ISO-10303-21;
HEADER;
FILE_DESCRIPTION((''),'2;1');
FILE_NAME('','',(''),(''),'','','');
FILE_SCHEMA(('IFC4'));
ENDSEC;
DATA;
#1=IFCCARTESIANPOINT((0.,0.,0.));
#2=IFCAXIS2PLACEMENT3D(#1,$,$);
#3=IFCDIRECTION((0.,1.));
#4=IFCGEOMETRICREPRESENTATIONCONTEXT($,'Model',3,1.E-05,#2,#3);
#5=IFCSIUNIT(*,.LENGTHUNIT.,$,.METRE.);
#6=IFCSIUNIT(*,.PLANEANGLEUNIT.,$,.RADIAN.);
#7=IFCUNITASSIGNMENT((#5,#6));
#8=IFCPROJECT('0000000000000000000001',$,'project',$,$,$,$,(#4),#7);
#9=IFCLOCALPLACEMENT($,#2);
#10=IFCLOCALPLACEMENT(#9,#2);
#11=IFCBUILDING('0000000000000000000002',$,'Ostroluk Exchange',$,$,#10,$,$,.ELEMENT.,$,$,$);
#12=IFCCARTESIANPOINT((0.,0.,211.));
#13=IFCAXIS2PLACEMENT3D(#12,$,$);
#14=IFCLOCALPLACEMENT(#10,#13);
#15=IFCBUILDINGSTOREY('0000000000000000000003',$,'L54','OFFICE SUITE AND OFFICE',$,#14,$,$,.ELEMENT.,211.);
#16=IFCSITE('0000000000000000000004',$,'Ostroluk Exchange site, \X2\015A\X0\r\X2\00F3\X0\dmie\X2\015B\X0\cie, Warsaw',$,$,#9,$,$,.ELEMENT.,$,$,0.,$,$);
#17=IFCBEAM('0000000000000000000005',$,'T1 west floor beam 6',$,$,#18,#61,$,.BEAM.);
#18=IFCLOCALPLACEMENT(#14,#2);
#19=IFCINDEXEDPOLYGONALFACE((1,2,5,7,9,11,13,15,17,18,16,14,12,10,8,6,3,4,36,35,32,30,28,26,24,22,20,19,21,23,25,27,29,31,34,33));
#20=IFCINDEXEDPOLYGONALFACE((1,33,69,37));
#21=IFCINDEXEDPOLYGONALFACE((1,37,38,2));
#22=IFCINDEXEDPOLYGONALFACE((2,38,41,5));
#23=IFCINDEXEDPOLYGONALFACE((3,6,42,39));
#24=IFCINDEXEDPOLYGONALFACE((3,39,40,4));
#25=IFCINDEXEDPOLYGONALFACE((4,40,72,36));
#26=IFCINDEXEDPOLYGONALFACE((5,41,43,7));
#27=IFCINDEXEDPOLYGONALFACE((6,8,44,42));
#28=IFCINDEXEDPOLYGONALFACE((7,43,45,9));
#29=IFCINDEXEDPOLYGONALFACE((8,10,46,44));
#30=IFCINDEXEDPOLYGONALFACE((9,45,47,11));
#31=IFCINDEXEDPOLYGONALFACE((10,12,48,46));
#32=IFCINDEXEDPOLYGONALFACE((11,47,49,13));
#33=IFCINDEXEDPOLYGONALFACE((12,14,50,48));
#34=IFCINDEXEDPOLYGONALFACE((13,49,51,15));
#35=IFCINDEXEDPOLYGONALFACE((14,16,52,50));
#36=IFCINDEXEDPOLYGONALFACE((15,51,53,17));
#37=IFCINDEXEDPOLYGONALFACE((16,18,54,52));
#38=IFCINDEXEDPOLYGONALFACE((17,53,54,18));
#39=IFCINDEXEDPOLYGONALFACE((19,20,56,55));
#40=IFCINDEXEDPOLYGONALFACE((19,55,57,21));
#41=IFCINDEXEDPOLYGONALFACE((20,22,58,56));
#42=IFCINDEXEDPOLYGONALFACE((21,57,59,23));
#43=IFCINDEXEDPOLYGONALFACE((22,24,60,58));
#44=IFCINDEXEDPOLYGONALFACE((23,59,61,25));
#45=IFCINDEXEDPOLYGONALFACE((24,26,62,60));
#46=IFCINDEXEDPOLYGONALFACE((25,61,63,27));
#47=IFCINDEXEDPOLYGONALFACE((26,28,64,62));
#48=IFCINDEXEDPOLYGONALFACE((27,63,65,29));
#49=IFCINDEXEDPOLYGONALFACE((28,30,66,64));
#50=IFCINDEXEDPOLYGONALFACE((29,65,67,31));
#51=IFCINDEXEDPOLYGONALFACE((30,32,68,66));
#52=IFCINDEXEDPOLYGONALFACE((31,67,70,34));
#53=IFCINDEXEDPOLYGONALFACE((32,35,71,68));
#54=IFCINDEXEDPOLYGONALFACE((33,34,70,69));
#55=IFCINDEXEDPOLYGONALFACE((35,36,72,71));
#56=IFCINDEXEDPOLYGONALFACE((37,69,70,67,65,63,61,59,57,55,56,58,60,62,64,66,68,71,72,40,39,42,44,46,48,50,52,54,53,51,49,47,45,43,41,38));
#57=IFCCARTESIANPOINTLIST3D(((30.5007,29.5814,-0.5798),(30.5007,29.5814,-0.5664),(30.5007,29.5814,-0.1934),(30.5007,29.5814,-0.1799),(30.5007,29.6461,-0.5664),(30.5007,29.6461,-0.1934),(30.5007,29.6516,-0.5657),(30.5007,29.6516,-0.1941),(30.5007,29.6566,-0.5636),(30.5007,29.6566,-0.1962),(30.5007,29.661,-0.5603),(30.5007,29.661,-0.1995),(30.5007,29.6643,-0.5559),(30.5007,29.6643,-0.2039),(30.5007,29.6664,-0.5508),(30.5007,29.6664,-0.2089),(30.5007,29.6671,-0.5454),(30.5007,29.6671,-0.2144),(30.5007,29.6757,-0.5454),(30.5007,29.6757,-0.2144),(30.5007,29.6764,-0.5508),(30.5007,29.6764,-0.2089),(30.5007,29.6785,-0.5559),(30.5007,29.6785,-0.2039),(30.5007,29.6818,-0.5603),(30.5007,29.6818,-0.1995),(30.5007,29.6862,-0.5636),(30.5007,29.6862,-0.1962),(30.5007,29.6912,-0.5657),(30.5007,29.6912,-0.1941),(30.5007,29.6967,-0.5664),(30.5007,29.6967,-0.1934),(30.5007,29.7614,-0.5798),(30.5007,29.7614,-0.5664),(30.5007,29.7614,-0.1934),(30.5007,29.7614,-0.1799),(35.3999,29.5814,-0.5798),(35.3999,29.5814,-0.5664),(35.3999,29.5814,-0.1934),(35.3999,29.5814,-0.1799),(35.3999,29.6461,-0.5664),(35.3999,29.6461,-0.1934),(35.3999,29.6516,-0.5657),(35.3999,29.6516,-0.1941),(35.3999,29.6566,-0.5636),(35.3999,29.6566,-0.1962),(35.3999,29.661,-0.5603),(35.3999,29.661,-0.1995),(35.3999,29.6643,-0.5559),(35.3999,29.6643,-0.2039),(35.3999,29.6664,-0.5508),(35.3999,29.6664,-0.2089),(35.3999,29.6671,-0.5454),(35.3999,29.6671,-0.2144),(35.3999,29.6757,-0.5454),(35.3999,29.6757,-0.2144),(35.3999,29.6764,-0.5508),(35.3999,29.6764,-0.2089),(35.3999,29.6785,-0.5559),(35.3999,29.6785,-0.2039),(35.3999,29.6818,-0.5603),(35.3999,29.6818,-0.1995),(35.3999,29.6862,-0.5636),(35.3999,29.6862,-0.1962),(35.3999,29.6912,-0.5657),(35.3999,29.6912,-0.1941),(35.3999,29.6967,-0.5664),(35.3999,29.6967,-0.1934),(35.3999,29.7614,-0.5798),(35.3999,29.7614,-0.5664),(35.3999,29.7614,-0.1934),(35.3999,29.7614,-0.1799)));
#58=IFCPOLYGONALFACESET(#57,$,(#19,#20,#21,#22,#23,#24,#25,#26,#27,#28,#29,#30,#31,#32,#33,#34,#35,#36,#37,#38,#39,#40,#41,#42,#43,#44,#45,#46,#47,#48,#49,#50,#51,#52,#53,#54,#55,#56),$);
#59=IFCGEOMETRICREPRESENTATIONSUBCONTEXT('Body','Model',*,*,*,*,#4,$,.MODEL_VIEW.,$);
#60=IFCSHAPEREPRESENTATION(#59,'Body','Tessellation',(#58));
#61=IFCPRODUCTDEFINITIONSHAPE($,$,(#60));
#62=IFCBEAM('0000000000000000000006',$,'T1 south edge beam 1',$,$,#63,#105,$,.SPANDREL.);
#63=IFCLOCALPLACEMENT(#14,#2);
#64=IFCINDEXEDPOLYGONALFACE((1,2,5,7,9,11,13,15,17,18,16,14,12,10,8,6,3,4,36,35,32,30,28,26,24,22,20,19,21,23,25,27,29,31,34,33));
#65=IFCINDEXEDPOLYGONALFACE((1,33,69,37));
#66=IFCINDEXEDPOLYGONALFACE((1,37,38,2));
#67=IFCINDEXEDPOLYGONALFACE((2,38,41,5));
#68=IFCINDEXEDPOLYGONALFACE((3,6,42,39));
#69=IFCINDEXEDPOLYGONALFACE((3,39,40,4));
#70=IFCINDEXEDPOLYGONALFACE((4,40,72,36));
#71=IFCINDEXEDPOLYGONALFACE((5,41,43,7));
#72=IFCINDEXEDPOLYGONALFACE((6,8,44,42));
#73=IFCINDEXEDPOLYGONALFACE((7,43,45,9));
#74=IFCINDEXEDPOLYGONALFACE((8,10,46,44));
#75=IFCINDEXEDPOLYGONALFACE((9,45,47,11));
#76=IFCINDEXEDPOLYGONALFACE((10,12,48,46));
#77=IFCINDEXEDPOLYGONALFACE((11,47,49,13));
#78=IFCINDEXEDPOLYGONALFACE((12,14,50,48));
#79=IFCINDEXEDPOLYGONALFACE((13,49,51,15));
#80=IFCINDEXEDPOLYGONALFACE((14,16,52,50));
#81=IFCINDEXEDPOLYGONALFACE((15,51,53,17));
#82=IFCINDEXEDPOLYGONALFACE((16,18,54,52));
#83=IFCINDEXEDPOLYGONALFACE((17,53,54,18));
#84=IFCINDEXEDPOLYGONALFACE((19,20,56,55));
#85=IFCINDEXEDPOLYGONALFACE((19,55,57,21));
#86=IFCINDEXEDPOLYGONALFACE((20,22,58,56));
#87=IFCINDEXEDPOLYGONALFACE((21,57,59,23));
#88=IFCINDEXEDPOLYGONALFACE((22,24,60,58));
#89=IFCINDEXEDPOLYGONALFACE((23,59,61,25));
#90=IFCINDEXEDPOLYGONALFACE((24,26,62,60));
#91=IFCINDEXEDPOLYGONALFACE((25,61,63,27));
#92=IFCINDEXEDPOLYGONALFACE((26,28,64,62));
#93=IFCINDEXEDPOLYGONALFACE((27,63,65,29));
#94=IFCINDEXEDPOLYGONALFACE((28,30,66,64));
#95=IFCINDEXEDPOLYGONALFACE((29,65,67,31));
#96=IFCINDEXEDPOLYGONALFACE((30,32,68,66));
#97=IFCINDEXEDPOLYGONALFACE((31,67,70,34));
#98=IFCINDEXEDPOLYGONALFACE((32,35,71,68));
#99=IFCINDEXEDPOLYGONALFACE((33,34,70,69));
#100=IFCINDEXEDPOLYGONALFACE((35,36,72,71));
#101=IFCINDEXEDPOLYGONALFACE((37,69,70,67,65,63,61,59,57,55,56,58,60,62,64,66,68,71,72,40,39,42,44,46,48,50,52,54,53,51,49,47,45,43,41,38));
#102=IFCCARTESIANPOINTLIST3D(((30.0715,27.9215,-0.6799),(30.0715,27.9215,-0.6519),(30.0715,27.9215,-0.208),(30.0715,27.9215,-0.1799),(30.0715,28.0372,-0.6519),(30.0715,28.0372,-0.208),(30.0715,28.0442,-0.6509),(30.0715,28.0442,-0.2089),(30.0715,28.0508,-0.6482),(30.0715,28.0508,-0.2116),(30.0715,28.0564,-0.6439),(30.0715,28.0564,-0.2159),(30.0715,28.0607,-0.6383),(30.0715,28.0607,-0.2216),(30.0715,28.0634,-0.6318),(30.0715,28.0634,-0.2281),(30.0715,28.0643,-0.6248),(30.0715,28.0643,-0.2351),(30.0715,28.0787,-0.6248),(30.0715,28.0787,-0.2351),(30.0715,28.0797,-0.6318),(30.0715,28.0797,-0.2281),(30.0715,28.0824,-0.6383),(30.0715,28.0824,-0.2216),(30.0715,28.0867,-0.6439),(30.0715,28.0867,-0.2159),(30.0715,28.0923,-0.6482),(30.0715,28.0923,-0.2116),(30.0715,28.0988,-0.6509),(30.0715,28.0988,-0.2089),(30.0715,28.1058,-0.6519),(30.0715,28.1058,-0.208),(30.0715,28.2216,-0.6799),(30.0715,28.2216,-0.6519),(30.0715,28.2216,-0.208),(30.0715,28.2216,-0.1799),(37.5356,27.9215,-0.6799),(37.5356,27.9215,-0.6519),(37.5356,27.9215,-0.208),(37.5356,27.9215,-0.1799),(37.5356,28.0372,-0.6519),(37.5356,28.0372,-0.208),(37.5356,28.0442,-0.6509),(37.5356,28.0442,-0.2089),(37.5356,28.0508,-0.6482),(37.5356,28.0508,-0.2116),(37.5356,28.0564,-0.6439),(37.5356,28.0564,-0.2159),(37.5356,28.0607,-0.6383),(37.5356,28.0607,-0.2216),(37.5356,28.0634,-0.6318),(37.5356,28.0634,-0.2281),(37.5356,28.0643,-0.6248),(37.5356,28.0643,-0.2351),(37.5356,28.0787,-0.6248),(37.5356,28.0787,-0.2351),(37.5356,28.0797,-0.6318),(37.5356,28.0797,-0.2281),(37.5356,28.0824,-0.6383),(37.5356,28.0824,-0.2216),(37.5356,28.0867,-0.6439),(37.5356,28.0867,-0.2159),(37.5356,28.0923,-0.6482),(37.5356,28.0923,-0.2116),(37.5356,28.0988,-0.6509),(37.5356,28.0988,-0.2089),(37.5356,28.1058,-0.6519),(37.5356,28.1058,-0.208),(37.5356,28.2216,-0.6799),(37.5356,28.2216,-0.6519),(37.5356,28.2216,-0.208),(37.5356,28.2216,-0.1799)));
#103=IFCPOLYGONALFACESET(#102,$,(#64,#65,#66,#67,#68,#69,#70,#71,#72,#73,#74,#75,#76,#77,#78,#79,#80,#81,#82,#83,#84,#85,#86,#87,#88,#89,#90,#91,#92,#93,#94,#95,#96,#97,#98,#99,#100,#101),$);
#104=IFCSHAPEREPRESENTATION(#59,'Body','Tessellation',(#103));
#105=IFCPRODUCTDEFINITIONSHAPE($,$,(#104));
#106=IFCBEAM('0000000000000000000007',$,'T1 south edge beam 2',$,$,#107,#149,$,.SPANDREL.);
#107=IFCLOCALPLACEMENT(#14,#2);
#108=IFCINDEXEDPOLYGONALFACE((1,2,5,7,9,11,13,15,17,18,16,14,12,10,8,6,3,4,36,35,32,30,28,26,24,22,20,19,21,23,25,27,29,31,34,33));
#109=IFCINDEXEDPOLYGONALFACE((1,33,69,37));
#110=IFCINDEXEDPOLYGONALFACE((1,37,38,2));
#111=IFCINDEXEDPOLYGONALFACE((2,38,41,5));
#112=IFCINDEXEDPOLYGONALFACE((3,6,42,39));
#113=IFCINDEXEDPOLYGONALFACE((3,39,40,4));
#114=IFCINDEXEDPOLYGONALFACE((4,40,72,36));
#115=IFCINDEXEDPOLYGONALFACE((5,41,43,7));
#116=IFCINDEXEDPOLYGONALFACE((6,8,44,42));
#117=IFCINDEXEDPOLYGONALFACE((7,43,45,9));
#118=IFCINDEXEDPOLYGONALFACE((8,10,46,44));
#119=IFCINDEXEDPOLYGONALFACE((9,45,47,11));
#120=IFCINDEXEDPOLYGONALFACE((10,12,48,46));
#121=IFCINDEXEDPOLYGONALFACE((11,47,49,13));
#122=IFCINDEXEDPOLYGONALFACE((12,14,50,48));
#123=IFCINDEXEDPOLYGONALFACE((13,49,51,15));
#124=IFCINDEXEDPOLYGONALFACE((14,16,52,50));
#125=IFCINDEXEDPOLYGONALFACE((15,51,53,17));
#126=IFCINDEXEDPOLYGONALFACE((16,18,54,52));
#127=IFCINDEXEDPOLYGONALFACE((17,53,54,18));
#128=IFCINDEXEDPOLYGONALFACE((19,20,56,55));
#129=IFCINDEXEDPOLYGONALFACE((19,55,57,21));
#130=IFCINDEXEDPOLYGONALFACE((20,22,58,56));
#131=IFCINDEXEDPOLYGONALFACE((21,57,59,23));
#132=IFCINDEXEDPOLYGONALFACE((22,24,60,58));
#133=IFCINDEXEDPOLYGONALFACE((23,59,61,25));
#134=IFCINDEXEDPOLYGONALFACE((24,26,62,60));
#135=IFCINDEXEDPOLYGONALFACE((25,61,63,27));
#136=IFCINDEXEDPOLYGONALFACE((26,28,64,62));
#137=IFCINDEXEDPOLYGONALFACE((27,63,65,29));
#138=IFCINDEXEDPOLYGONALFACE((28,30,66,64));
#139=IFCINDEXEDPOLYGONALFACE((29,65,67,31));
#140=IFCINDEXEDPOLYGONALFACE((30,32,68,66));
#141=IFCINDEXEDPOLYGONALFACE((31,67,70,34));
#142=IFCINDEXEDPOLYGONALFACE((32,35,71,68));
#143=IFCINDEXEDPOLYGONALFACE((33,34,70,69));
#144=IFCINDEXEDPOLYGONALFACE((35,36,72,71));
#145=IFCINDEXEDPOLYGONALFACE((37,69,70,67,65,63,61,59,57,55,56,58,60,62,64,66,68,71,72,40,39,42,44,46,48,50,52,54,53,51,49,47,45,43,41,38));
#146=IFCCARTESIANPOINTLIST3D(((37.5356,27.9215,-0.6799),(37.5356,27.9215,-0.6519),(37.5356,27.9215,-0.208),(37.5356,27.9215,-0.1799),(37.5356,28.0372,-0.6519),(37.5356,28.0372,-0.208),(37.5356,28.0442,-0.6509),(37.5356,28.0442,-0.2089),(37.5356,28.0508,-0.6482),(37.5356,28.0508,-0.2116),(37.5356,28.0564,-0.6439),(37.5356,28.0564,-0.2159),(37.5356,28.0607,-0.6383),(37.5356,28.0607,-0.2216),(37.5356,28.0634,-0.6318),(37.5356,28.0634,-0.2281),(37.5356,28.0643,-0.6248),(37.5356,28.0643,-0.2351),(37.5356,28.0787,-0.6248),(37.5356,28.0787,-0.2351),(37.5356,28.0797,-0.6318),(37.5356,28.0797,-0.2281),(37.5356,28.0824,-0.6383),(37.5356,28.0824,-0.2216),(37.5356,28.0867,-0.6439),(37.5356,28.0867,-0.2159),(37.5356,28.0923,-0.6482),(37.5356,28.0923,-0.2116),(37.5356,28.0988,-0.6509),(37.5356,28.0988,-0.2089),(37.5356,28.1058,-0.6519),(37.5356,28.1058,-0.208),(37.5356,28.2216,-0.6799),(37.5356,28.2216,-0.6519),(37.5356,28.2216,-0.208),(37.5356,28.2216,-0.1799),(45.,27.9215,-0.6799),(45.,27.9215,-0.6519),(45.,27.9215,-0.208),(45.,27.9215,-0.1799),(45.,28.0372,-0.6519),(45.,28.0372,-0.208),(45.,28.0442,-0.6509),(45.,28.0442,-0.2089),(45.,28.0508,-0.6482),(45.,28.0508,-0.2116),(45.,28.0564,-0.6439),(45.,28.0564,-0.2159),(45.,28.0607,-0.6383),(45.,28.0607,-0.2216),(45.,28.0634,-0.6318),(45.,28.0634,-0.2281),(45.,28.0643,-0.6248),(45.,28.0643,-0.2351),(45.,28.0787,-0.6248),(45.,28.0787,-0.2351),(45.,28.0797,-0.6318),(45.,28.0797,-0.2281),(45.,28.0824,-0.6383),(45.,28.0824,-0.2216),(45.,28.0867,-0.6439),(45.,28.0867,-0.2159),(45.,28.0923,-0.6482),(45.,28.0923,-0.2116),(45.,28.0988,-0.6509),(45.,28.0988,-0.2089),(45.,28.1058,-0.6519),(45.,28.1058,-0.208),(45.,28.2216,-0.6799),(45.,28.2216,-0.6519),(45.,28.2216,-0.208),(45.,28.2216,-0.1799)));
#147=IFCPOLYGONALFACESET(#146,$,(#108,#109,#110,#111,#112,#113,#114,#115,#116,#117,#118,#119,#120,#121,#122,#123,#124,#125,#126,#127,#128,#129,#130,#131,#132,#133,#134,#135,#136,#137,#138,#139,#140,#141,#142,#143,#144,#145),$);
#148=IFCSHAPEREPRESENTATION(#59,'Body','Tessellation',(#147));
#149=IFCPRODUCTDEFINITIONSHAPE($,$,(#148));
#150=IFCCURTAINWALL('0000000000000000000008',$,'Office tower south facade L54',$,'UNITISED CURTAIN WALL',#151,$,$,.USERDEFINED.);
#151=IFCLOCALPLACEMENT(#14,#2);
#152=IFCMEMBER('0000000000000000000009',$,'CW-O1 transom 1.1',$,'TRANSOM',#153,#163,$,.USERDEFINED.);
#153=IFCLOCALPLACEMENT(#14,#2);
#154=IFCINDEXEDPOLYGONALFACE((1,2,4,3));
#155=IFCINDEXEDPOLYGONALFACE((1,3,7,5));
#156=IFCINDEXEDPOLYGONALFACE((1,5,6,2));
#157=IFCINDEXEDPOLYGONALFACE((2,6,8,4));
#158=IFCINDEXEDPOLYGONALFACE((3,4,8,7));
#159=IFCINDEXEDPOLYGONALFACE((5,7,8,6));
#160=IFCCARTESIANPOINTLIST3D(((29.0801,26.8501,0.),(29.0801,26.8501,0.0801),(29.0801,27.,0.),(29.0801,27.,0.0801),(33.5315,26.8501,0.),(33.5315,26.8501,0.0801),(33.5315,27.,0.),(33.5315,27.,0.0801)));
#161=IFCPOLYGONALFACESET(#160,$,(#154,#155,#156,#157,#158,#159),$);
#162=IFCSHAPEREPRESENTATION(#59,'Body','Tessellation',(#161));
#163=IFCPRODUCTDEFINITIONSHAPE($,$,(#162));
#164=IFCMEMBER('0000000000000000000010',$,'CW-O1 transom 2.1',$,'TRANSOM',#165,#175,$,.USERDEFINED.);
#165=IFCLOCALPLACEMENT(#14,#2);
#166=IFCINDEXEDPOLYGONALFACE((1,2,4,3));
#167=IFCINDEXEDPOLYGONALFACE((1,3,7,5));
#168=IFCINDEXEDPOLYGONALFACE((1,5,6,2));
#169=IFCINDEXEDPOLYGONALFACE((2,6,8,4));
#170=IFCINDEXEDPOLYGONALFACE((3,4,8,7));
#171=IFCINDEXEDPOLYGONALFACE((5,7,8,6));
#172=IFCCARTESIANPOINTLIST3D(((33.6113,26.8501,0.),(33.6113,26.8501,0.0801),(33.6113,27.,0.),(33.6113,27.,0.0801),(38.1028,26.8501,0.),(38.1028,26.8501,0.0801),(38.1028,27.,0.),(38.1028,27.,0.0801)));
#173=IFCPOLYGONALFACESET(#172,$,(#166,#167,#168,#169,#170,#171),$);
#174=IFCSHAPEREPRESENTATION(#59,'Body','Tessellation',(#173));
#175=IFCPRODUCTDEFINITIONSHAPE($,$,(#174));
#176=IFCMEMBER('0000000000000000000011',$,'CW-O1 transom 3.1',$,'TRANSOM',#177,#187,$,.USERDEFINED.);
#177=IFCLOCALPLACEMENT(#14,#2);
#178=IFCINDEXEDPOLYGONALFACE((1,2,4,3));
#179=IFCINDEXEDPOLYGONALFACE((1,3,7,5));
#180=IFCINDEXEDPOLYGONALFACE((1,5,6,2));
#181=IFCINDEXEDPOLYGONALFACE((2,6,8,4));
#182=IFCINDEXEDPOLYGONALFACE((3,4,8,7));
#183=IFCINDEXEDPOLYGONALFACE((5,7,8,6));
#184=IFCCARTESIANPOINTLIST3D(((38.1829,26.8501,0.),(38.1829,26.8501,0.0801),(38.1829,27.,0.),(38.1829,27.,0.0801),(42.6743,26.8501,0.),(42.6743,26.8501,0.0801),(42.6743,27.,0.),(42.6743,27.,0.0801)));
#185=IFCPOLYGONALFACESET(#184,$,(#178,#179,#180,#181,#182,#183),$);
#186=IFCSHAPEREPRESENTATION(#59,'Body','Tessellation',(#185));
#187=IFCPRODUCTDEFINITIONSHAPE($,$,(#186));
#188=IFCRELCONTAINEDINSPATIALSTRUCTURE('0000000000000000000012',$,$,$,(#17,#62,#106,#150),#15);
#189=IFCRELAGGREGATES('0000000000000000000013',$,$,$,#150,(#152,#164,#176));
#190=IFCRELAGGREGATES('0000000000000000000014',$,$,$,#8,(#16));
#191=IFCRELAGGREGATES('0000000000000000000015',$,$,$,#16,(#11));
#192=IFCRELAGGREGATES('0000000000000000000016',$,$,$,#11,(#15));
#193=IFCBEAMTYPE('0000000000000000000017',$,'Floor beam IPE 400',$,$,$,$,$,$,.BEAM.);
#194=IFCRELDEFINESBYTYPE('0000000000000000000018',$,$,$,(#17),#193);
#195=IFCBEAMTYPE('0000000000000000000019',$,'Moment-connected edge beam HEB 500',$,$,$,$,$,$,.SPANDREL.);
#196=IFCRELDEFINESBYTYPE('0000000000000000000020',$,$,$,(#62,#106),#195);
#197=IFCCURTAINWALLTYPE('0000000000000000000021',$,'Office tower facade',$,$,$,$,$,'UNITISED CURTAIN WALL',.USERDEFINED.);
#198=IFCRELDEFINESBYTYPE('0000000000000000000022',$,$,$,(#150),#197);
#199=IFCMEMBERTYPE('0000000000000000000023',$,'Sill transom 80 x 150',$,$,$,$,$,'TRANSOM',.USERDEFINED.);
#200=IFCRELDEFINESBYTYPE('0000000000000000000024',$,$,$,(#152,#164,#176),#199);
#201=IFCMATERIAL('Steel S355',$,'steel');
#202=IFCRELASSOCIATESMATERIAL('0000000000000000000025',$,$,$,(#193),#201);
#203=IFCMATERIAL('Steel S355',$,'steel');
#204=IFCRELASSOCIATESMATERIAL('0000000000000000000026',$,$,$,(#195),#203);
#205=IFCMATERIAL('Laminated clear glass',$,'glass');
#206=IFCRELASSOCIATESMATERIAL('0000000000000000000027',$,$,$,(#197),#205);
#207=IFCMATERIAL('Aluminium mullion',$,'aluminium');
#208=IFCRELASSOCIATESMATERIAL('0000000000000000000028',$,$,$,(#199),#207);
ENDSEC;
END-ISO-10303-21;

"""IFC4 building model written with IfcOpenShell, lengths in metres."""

from ifc_helpers import new_model, si_unit, direction, frame, origin, origin_2d, place, context, subcontext, project, spatial, rectangle, i_section, extrude, material, material_profile, profile_set, type_object, element, aggregate, save


model = new_model("IFC4")

# Units and contexts
model_context = context("Model", 3, precision=1e-05, world=origin(), true_north=direction((0.0, 1.0)))
body_context = subcontext(model_context, "Body", "Model", "MODEL_VIEW")
ifc_project = project(units=[si_unit("LENGTHUNIT", "METRE"), si_unit("PLANEANGLEUNIT", "RADIAN")], contexts=[model_context])

# Site, building, storey
site_placement = place(None, origin())
site = spatial("IfcSite", under=ifc_project, at=site_placement, Name="Ostroluk Exchange site, Śródmieście, Warsaw", CompositionType="ELEMENT", RefElevation=0.0)
building_placement = place(site_placement, origin())
building = spatial("IfcBuilding", under=site, at=building_placement, Name="Ostroluk Exchange", CompositionType="ELEMENT")
storey_placement = place(building_placement, frame((0.0, 0.0, 211.0)))
storey = spatial("IfcBuildingStorey", under=building, at=storey_placement, Name="L54", Description="OFFICE SUITE AND OFFICE", CompositionType="ELEMENT", Elevation=211.0)

# Beams
ifc_material_1 = material(Name="Steel S355", Category="steel")
ifc_material_profile_1 = material_profile(ifc_material_1, i_section(OverallWidth=0.1799, OverallDepth=0.3999, WebThickness=0.0085, FlangeThickness=0.0134, FilletRadius=0.021, at=origin_2d()), Name="IPE 400")
ifc_profile_set_1 = profile_set([ifc_material_profile_1], Name="Steel S355")
beam_type_1 = type_object("IfcBeamType", Name="Floor beam IPE 400", PredefinedType="BEAM", material=ifc_profile_set_1)
beam_1_placement = place(storey_placement, frame((35.3999, 29.6714, -0.3799), z_axis=(-1.0, 0.0, 0.0), x_axis=(0.0, -1.0, 0.0)))
element("IfcBeam", 1, at=beam_1_placement, inside=storey, type_object=beam_type_1, Name="T1 west floor beam 6", PredefinedType="BEAM", context=body_context, shape_type="SweptSolid", body=[
    extrude(i_section(OverallWidth=0.1799, OverallDepth=0.3999, WebThickness=0.0085, FlangeThickness=0.0134, FilletRadius=0.021, at=origin_2d()), origin(), (0.0, 0.0, 1.0), 4.8992),
])
ifc_material_2 = material(Name="Steel S355", Category="steel")
ifc_material_profile_2 = material_profile(ifc_material_2, i_section(OverallWidth=0.3, OverallDepth=0.5, WebThickness=0.0144, FlangeThickness=0.0281, FilletRadius=0.0271, at=origin_2d()), Name="HEB 500")
ifc_profile_set_2 = profile_set([ifc_material_profile_2], Name="Steel S355")
beam_type_2 = type_object("IfcBeamType", Name="Moment-connected edge beam HEB 500", PredefinedType="SPANDREL", material=ifc_profile_set_2)
beam_2_placement = place(storey_placement, frame((30.0715, 28.0715, -0.4299), z_axis=(1.0, 0.0, 0.0), x_axis=(0.0, 1.0, 0.0)))
element("IfcBeam", 2, at=beam_2_placement, inside=storey, type_object=beam_type_2, Name="T1 south edge beam 1", PredefinedType="SPANDREL", context=body_context, shape_type="SweptSolid", body=[
    extrude(i_section(OverallWidth=0.3, OverallDepth=0.5, WebThickness=0.0144, FlangeThickness=0.0281, FilletRadius=0.0271, at=origin_2d()), origin(), (0.0, 0.0, 1.0), 7.4641),
])
beam_3_placement = place(storey_placement, frame((37.5356, 28.0715, -0.4299), z_axis=(1.0, 0.0, 0.0), x_axis=(0.0, 1.0, 0.0)))
element("IfcBeam", 3, at=beam_3_placement, inside=storey, type_object=beam_type_2, Name="T1 south edge beam 2", PredefinedType="SPANDREL", context=body_context, shape_type="SweptSolid", body=[
    extrude(i_section(OverallWidth=0.3, OverallDepth=0.5, WebThickness=0.0144, FlangeThickness=0.0281, FilletRadius=0.0271, at=origin_2d()), origin(), (0.0, 0.0, 1.0), 7.4644),
])

# Curtain wall, members
ifc_material_3 = material(Name="Laminated clear glass", Category="glass")
curtain_wall_type = type_object("IfcCurtainWallType", Name="Office tower facade", ElementType="UNITISED CURTAIN WALL", PredefinedType="USERDEFINED", material=ifc_material_3)
curtain_wall_placement = place(storey_placement, origin())
curtain_wall = element("IfcCurtainWall", 4, at=curtain_wall_placement, inside=storey, type_object=curtain_wall_type, Name="Office tower south facade L54", ObjectType="UNITISED CURTAIN WALL", PredefinedType="USERDEFINED")
ifc_material_4 = material(Name="Aluminium mullion", Category="aluminium")
ifc_material_profile_3 = material_profile(ifc_material_4, rectangle(XDim=0.1499, YDim=0.0801, at=origin_2d()), Name="Sill transom 80 x 150")
ifc_profile_set_3 = profile_set([ifc_material_profile_3], Name="Aluminium mullion")
member_type_1 = type_object("IfcMemberType", Name="Sill transom 80 x 150", ElementType="TRANSOM", PredefinedType="USERDEFINED", material=ifc_profile_set_3)
member_1_placement = place(storey_placement, frame((29.0801, 26.925, 0.04), z_axis=(1.0, 0.0, 0.0), x_axis=(0.0, 1.0, 0.0)))
member_1 = element("IfcMember", 5, at=member_1_placement, type_object=member_type_1, Name="CW-O1 transom 1.1", ObjectType="TRANSOM", PredefinedType="USERDEFINED", context=body_context, shape_type="SweptSolid", body=[
    extrude(rectangle(XDim=0.1499, YDim=0.0801, at=origin_2d()), origin(), (0.0, 0.0, 1.0), 4.4514),
])
member_2_placement = place(storey_placement, frame((33.6113, 26.925, 0.04), z_axis=(1.0, 0.0, 0.0), x_axis=(0.0, 1.0, 0.0)))
member_2 = element("IfcMember", 6, at=member_2_placement, type_object=member_type_1, Name="CW-O1 transom 2.1", ObjectType="TRANSOM", PredefinedType="USERDEFINED", context=body_context, shape_type="SweptSolid", body=[
    extrude(rectangle(XDim=0.1499, YDim=0.0801, at=origin_2d()), origin(), (0.0, 0.0, 1.0), 4.4915),
])
member_3_placement = place(storey_placement, frame((38.1829, 26.925, 0.04), z_axis=(1.0, 0.0, 0.0), x_axis=(0.0, 1.0, 0.0)))
member_3 = element("IfcMember", 7, at=member_3_placement, type_object=member_type_1, Name="CW-O1 transom 3.1", ObjectType="TRANSOM", PredefinedType="USERDEFINED", context=body_context, shape_type="SweptSolid", body=[
    extrude(rectangle(XDim=0.1499, YDim=0.0801, at=origin_2d()), origin(), (0.0, 0.0, 1.0), 4.4915),
])
aggregate(curtain_wall, [member_1, member_2, member_3])

save(model, "model.ifc")
